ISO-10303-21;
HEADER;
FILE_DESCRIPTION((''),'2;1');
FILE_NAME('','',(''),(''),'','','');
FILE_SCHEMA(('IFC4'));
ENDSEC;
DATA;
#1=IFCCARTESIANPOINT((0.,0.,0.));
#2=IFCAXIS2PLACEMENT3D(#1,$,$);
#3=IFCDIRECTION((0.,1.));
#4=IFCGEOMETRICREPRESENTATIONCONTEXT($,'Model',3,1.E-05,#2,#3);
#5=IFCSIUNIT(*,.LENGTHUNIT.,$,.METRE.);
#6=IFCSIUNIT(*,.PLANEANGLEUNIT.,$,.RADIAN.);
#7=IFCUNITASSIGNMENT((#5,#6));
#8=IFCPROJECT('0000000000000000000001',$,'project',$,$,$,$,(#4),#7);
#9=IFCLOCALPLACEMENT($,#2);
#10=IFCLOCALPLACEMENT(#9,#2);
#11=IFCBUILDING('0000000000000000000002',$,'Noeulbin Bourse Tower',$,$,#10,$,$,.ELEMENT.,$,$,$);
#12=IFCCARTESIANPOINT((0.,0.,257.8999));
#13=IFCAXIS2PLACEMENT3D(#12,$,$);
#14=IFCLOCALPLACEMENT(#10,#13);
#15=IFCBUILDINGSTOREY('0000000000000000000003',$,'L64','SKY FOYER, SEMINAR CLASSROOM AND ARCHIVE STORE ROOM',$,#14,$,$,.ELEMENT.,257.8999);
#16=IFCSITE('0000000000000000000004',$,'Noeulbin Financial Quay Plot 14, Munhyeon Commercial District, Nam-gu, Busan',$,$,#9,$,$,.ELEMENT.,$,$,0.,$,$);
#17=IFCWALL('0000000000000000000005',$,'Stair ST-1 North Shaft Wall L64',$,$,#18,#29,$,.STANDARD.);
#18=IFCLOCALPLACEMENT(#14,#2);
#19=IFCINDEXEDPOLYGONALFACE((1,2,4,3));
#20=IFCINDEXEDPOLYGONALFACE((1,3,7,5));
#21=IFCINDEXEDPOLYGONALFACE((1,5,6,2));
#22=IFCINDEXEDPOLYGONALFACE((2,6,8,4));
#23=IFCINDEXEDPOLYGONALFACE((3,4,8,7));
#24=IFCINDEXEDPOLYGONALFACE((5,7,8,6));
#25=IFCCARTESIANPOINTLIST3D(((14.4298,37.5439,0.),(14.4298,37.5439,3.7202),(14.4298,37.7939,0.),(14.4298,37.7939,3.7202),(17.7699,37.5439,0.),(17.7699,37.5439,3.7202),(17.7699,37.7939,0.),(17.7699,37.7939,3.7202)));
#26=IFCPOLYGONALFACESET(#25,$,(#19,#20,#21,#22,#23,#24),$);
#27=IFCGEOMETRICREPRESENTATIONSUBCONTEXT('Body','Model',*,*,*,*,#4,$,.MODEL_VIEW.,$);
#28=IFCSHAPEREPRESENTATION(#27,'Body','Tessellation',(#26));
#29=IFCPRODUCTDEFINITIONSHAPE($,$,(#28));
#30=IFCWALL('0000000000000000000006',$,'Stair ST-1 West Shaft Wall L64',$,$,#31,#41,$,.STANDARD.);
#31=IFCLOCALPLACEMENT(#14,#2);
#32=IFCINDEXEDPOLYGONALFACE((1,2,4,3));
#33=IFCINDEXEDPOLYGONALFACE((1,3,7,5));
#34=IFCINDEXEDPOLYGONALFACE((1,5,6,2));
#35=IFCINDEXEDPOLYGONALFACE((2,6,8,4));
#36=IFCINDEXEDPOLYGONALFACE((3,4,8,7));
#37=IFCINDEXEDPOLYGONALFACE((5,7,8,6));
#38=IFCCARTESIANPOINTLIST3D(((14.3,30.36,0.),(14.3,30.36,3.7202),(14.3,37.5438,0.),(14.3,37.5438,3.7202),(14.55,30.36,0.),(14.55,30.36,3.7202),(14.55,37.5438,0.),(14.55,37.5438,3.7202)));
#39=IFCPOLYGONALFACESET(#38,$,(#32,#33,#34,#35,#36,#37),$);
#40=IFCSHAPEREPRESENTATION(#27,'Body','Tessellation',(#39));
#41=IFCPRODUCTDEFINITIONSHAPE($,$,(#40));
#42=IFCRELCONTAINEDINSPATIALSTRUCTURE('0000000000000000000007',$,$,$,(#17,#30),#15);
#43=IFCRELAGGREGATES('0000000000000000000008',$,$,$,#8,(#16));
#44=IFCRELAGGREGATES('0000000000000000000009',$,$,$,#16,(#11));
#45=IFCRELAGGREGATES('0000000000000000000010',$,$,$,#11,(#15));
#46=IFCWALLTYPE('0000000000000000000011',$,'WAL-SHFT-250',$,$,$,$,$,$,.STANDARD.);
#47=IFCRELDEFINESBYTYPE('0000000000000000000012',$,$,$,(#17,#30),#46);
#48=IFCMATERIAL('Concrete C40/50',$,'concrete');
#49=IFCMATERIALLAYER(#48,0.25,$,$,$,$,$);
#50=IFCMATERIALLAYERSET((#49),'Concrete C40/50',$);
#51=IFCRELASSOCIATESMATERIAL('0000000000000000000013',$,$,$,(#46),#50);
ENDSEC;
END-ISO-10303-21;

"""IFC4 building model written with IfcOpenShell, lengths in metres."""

from ifc_helpers import new_model, si_unit, direction, frame, frame_2d, origin, place, context, subcontext, project, spatial, rectangle, extrude, material, layer, layer_set, type_object, element, save


model = new_model("IFC4")

# Units and contexts
model_context = context("Model", 3, precision=1e-05, world=origin(), true_north=direction((0.0, 1.0)))
body_context = subcontext(model_context, "Body", "Model", "MODEL_VIEW")
ifc_project = project(units=[si_unit("LENGTHUNIT", "METRE"), si_unit("PLANEANGLEUNIT", "RADIAN")], contexts=[model_context])

# Site, building, storey
site_placement = place(None, origin())
site = spatial("IfcSite", under=ifc_project, at=site_placement, Name="Noeulbin Financial Quay Plot 14, Munhyeon Commercial District, Nam-gu, Busan", CompositionType="ELEMENT", RefElevation=0.0)
building_placement = place(site_placement, origin())
building = spatial("IfcBuilding", under=site, at=building_placement, Name="Noeulbin Bourse Tower", CompositionType="ELEMENT")
storey_placement = place(building_placement, frame((0.0, 0.0, 257.8999)))
storey = spatial("IfcBuildingStorey", under=building, at=storey_placement, Name="L64", Description="SKY FOYER, SEMINAR CLASSROOM AND ARCHIVE STORE ROOM", CompositionType="ELEMENT", Elevation=257.8999)

# Shared definitions
ifc_material_1 = material(Name="Concrete C40/50", Category="concrete")
ifc_layer_1 = layer(ifc_material_1, 0.25)
ifc_layer_set_1 = layer_set([ifc_layer_1], Name="Concrete C40/50")
wall_type_1 = type_object("IfcWallType", Name="WAL-SHFT-250", PredefinedType="STANDARD", material=ifc_layer_set_1)

# Walls
wall_1_placement = place(storey_placement, frame((14.4299, 37.6689, 0.0), z_axis=(0.0, 0.0, 1.0), x_axis=(1.0, 0.0, 0.0)))
element("IfcWall", 1, at=wall_1_placement, inside=storey, type_object=wall_type_1, Name="Stair ST-1 North Shaft Wall L64", PredefinedType="STANDARD", context=body_context, shape_type="SweptSolid", body=[
    extrude(rectangle(XDim=3.3401, YDim=0.25, at=frame_2d((1.6699, 0.0))), origin(), (0.0, 0.0, 1.0), 3.7202),
])
wall_2_placement = place(storey_placement, frame((14.425, 30.3601, 0.0), z_axis=(0.0, 0.0, 1.0), x_axis=(0.0, 1.0, 0.0)))
element("IfcWall", 2, at=wall_2_placement, inside=storey, type_object=wall_type_1, Name="Stair ST-1 West Shaft Wall L64", PredefinedType="STANDARD", context=body_context, shape_type="SweptSolid", body=[
    extrude(rectangle(XDim=7.1838, YDim=0.25, at=frame_2d((3.5918, 0.0))), origin(), (0.0, 0.0, 1.0), 3.7202),
])

save(model, "model.ifc")
